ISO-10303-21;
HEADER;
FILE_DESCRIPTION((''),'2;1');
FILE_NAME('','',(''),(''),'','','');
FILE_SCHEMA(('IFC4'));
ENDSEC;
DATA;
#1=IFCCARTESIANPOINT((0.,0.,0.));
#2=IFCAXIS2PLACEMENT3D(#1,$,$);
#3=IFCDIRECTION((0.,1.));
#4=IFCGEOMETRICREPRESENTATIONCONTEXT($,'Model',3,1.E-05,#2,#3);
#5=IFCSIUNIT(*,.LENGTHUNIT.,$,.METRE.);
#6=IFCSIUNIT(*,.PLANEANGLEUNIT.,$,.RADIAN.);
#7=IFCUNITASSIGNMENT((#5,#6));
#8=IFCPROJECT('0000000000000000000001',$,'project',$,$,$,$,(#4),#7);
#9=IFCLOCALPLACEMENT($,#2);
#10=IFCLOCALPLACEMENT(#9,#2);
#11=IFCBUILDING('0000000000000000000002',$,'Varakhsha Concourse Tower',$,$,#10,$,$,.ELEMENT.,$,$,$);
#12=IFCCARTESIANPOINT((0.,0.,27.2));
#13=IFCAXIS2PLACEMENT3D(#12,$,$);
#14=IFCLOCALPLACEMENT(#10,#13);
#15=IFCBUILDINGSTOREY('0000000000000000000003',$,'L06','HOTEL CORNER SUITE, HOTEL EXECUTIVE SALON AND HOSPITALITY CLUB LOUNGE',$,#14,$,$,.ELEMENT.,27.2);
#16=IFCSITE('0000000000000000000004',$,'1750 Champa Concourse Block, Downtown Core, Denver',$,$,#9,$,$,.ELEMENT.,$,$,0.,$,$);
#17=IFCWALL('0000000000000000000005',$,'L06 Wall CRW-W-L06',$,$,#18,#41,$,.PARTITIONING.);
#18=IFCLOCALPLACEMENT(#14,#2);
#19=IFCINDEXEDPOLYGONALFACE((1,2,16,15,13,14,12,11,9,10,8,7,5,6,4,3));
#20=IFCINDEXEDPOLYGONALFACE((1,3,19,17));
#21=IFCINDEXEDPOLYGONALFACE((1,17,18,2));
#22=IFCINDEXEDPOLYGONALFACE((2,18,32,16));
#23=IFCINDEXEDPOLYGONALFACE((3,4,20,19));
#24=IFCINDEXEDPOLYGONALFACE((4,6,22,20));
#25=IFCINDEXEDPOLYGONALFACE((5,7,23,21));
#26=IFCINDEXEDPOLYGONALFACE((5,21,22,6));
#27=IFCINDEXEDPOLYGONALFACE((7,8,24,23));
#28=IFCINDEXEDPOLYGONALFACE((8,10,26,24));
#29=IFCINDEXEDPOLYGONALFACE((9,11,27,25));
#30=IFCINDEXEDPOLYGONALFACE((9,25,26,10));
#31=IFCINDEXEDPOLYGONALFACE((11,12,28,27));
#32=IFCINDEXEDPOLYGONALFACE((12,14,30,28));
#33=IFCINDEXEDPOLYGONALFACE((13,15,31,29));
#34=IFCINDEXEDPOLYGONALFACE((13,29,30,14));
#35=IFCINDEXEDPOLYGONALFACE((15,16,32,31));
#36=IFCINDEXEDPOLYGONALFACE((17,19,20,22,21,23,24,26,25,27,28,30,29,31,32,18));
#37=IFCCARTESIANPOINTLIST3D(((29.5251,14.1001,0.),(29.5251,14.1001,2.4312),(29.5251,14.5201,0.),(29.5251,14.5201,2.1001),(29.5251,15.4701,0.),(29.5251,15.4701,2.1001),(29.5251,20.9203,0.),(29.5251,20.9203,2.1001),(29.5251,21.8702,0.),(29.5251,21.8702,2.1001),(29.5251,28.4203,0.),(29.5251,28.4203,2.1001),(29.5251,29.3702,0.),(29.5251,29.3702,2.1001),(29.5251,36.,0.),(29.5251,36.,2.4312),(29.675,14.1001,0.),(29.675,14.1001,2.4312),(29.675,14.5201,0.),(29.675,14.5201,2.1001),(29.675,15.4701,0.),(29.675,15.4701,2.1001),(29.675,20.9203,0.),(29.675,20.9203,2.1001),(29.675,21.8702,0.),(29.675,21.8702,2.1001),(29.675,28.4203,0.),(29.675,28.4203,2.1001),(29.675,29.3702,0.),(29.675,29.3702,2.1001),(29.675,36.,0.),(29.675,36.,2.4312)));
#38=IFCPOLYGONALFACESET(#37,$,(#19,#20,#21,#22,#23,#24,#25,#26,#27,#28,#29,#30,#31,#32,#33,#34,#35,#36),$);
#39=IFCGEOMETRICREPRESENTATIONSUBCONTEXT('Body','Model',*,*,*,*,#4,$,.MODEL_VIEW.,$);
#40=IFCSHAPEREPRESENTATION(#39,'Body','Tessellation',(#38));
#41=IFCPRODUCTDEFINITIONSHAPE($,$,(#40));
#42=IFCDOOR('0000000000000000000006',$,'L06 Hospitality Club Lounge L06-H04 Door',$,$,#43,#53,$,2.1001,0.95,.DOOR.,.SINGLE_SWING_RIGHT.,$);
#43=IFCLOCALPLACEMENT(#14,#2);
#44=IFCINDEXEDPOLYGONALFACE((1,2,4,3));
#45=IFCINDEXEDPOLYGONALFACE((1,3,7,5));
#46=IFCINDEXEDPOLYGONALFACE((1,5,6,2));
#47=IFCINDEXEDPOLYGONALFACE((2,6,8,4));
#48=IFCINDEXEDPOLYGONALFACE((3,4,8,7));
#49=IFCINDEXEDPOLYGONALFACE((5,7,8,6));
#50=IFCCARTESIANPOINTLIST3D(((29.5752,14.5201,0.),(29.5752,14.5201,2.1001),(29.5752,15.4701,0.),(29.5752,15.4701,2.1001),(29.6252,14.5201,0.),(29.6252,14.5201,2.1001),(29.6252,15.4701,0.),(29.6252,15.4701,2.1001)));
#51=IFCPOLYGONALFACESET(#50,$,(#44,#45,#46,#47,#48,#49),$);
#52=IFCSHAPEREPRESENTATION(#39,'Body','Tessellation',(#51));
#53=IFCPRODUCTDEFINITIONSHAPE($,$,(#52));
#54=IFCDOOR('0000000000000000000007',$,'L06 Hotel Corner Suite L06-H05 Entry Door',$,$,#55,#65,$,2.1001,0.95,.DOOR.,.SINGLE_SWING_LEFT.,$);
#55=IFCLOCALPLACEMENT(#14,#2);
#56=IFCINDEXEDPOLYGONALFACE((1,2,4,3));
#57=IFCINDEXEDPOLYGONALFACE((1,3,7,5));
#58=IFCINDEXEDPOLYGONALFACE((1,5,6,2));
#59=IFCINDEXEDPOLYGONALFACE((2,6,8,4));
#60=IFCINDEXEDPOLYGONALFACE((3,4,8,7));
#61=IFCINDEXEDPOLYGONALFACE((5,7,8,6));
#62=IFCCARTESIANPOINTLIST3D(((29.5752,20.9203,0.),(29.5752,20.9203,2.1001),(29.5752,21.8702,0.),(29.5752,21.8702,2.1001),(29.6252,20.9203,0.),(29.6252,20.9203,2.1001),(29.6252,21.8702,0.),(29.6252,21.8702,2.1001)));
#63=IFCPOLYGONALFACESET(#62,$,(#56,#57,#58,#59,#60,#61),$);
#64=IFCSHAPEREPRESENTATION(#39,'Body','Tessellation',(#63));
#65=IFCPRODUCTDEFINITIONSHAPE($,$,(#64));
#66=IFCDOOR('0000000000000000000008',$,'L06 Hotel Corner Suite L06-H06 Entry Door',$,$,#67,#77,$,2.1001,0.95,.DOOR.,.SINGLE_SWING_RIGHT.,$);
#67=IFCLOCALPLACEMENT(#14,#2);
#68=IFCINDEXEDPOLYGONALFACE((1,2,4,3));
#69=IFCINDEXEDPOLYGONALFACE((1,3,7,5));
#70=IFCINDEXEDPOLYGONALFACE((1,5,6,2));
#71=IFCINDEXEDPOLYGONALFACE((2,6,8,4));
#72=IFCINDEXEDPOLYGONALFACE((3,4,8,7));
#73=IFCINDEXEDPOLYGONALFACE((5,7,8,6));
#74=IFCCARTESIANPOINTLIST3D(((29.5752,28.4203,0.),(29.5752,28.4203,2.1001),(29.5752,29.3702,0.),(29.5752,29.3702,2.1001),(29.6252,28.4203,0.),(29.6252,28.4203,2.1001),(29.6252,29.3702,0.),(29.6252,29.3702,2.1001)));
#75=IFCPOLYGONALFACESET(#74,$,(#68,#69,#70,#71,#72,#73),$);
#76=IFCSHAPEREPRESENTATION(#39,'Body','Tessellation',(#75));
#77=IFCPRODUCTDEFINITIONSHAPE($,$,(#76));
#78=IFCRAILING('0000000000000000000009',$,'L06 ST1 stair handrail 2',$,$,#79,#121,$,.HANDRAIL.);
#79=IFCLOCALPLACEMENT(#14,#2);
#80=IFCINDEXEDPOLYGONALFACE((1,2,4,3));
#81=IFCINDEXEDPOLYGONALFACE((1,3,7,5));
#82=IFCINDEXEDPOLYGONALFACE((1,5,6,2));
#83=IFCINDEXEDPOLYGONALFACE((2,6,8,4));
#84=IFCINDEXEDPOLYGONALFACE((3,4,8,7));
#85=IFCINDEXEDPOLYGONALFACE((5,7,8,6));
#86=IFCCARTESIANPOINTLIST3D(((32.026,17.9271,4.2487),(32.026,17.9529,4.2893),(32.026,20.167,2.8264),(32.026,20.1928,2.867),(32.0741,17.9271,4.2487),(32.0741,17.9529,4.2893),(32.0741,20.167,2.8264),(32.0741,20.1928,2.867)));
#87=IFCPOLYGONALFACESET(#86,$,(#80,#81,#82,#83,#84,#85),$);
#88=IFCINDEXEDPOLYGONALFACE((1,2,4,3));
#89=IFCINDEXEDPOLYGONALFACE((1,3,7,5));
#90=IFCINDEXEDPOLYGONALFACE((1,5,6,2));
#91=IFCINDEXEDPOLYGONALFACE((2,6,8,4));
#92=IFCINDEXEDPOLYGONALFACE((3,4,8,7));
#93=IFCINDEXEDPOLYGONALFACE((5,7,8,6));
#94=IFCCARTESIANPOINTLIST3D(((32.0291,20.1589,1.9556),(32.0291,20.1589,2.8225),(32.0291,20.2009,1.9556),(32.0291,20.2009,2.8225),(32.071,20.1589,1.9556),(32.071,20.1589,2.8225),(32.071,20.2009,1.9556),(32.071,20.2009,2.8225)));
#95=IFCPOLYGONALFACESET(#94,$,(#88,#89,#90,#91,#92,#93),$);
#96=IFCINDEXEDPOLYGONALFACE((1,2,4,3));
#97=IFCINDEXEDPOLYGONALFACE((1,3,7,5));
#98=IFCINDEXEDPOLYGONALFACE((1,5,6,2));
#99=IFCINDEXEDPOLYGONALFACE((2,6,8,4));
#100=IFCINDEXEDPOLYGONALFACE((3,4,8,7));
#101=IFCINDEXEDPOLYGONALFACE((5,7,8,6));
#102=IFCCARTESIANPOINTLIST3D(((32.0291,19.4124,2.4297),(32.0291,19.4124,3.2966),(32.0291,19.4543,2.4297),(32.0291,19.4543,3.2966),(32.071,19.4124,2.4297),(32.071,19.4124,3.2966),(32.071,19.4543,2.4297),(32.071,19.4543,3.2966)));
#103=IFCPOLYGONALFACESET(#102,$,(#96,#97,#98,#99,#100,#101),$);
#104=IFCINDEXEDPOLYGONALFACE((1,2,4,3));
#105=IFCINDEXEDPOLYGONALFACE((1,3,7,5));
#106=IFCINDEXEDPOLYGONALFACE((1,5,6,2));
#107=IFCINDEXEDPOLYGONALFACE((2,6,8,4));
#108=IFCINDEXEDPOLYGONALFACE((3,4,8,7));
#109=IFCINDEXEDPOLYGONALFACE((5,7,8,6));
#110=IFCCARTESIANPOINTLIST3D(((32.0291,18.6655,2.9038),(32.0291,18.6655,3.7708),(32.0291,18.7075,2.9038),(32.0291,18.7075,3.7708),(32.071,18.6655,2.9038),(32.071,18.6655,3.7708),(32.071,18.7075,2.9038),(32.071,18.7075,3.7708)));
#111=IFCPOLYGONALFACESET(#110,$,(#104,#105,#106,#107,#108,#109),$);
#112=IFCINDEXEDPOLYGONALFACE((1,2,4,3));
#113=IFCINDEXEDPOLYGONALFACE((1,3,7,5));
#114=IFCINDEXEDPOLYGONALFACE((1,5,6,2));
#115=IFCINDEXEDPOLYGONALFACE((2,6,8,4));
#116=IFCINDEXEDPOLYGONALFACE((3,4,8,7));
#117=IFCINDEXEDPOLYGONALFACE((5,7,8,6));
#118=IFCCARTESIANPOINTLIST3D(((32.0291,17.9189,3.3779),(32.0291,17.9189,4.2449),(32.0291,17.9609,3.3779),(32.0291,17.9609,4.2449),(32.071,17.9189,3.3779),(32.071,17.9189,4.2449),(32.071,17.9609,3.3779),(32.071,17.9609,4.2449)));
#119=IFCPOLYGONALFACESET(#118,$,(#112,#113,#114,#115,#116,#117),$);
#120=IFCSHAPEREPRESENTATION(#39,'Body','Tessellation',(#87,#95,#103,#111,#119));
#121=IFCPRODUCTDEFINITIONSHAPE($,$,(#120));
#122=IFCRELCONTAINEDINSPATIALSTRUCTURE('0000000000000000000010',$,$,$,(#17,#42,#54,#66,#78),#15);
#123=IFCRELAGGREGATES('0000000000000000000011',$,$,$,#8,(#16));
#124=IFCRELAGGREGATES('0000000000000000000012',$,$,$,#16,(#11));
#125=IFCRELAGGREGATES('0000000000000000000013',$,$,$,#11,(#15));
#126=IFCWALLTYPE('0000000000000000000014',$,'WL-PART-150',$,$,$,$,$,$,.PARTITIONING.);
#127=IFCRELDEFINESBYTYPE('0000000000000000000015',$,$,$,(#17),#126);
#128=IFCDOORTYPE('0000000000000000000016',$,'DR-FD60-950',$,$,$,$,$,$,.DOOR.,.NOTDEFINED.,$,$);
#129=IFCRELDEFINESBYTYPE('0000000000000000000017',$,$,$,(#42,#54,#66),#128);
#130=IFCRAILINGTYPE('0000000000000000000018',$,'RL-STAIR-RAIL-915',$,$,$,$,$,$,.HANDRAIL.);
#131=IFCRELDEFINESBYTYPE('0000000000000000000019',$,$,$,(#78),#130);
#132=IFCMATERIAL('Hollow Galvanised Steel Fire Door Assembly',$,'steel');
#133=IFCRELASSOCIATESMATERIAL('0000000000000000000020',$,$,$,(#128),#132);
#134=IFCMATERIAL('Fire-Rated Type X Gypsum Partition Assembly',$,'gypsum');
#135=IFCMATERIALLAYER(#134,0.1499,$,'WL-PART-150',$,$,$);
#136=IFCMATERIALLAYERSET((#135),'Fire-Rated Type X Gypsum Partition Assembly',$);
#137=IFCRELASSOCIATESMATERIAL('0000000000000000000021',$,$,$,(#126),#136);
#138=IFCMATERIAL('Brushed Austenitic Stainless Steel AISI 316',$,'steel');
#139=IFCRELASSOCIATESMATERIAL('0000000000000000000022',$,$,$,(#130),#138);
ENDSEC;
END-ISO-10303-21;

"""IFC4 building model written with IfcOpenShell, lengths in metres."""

from ifc_helpers import new_model, si_unit, direction, frame, frame_2d, origin, origin_2d, place, context, subcontext, project, spatial, rectangle, extrude, material, layer, layer_set, type_object, element, fill, save


model = new_model("IFC4")

# Units and contexts
model_context = context("Model", 3, precision=1e-05, world=origin(), true_north=direction((0.0, 1.0)))
body_context = subcontext(model_context, "Body", "Model", "MODEL_VIEW")
ifc_project = project(units=[si_unit("LENGTHUNIT", "METRE"), si_unit("PLANEANGLEUNIT", "RADIAN")], contexts=[model_context])

# Site, building, storey
site_placement = place(None, origin())
site = spatial("IfcSite", under=ifc_project, at=site_placement, Name="1750 Champa Concourse Block, Downtown Core, Denver", CompositionType="ELEMENT", RefElevation=0.0)
building_placement = place(site_placement, origin())
building = spatial("IfcBuilding", under=site, at=building_placement, Name="Varakhsha Concourse Tower", CompositionType="ELEMENT")
storey_placement = place(building_placement, frame((0.0, 0.0, 27.2)))
storey = spatial("IfcBuildingStorey", under=building, at=storey_placement, Name="L06", Description="HOTEL CORNER SUITE, HOTEL EXECUTIVE SALON AND HOSPITALITY CLUB LOUNGE", CompositionType="ELEMENT", Elevation=27.2)

# Shared definitions
ifc_material_1 = material(Name="Hollow Galvanised Steel Fire Door Assembly", Category="steel")
door_type_1 = type_object("IfcDoorType", Name="DR-FD60-950", OperationType="NOTDEFINED", PredefinedType="DOOR", material=ifc_material_1)

# Wall, openings, doors
ifc_material_2 = material(Name="Fire-Rated Type X Gypsum Partition Assembly", Category="gypsum")
ifc_layer_1 = layer(ifc_material_2, 0.1499, Name="WL-PART-150")
ifc_layer_set_1 = layer_set([ifc_layer_1], Name="Fire-Rated Type X Gypsum Partition Assembly")
wall_type_1 = type_object("IfcWallType", Name="WL-PART-150", PredefinedType="PARTITIONING", material=ifc_layer_set_1)
wall_1_placement = place(storey_placement, frame((29.6001, 14.1001, 0.0), z_axis=(0.0, 0.0, 1.0), x_axis=(0.0, 1.0, 0.0)))
wall_1 = element("IfcWall", 1, at=wall_1_placement, inside=storey, type_object=wall_type_1, Name="L06 Wall CRW-W-L06", PredefinedType="PARTITIONING", context=body_context, shape_type="SweptSolid", body=[
    extrude(rectangle(XDim=21.8999, YDim=0.1499, at=frame_2d((10.95, 0.0))), origin(), (0.0, 0.0, 1.0), 2.4312),
])
opening_1_placement = place(wall_1_placement, frame((0.4199, 0.0, 0.0)))
opening_1 = element("IfcOpeningElement", 2, at=opening_1_placement, cuts=wall_1, PredefinedType="OPENING", context=body_context, shape_type="SweptSolid", body=[
    extrude(rectangle(XDim=0.95, YDim=2.1001, at=frame_2d((0.4751, 1.05))), frame((0.0, 0.085, 0.0), z_axis=(0.0, -1.0, 0.0), x_axis=(1.0, 0.0, 0.0)), (0.0, 0.0, 1.0), 0.1699),
])
opening_2_placement = place(wall_1_placement, frame((6.8201, 0.0, 0.0)))
opening_2 = element("IfcOpeningElement", 3, at=opening_2_placement, cuts=wall_1, PredefinedType="OPENING", context=body_context, shape_type="SweptSolid", body=[
    extrude(rectangle(XDim=0.95, YDim=2.1001, at=frame_2d((0.4751, 1.05))), frame((0.0, 0.085, 0.0), z_axis=(0.0, -1.0, 0.0), x_axis=(1.0, 0.0, 0.0)), (0.0, 0.0, 1.0), 0.1699),
])
opening_3_placement = place(wall_1_placement, frame((14.3201, 0.0, 0.0)))
opening_3 = element("IfcOpeningElement", 4, at=opening_3_placement, cuts=wall_1, PredefinedType="OPENING", context=body_context, shape_type="SweptSolid", body=[
    extrude(rectangle(XDim=0.95, YDim=2.1001, at=frame_2d((0.4751, 1.05))), frame((0.0, 0.085, 0.0), z_axis=(0.0, -1.0, 0.0), x_axis=(1.0, 0.0, 0.0)), (0.0, 0.0, 1.0), 0.1699),
])
door_1_placement = place(opening_1_placement, origin())
door_1 = element("IfcDoor", 5, at=door_1_placement, inside=storey, type_object=door_type_1, Name="L06 Hospitality Club Lounge L06-H04 Door", OperationType="SINGLE_SWING_RIGHT", OverallHeight=2.1001, OverallWidth=0.95, PredefinedType="DOOR", context=body_context, shape_type="SweptSolid", body=[
    extrude(rectangle(XDim=0.95, YDim=2.1001, at=frame_2d((0.4751, 1.05))), frame((0.0, 0.0249, 0.0), z_axis=(0.0, -1.0, 0.0), x_axis=(1.0, 0.0, 0.0)), (0.0, 0.0, 1.0), 0.05),
])
fill(opening_1, door_1)
door_2_placement = place(opening_2_placement, origin())
door_2 = element("IfcDoor", 6, at=door_2_placement, inside=storey, type_object=door_type_1, Name="L06 Hotel Corner Suite L06-H05 Entry Door", OperationType="SINGLE_SWING_LEFT", OverallHeight=2.1001, OverallWidth=0.95, PredefinedType="DOOR", context=body_context, shape_type="SweptSolid", body=[
    extrude(rectangle(XDim=0.95, YDim=2.1001, at=frame_2d((0.4751, 1.05))), frame((0.0, 0.0249, 0.0), z_axis=(0.0, -1.0, 0.0), x_axis=(1.0, 0.0, 0.0)), (0.0, 0.0, 1.0), 0.05),
])
fill(opening_2, door_2)
door_3_placement = place(opening_3_placement, origin())
door_3 = element("IfcDoor", 7, at=door_3_placement, inside=storey, type_object=door_type_1, Name="L06 Hotel Corner Suite L06-H06 Entry Door", OperationType="SINGLE_SWING_RIGHT", OverallHeight=2.1001, OverallWidth=0.95, PredefinedType="DOOR", context=body_context, shape_type="SweptSolid", body=[
    extrude(rectangle(XDim=0.95, YDim=2.1001, at=frame_2d((0.4751, 1.05))), frame((0.0, 0.0249, 0.0), z_axis=(0.0, -1.0, 0.0), x_axis=(1.0, 0.0, 0.0)), (0.0, 0.0, 1.0), 0.05),
])
fill(opening_3, door_3)

# Railing
ifc_material_3 = material(Name="Brushed Austenitic Stainless Steel AISI 316", Category="steel")
railing_type = type_object("IfcRailingType", Name="RL-STAIR-RAIL-915", PredefinedType="HANDRAIL", material=ifc_material_3)
railing_placement = place(storey_placement, frame((32.05, 20.1799, 1.9556)))
element("IfcRailing", 8, at=railing_placement, inside=storey, type_object=railing_type, Name="L06 ST1 stair handrail 2", PredefinedType="HANDRAIL", context=body_context, shape_type="SweptSolid", body=[
    extrude(rectangle(XDim=0.0481, YDim=0.0481, at=origin_2d()), frame((0.0, 0.0, 0.8911), z_axis=(0.0, -0.844188, 0.536048), x_axis=(1.0, 0.0, 0.0)), (0.0, 0.0, 1.0), 2.6533),
    extrude(rectangle(XDim=0.042, YDim=0.042, at=origin_2d()), origin(), (0.0, 0.0, 1.0), 0.8669),
    extrude(rectangle(XDim=0.042, YDim=0.042, at=origin_2d()), frame((0.0, -0.7466, 0.4741)), (0.0, 0.0, 1.0), 0.8669),
    extrude(rectangle(XDim=0.042, YDim=0.042, at=origin_2d()), frame((0.0, -1.4934, 0.9482)), (0.0, 0.0, 1.0), 0.8669),
    extrude(rectangle(XDim=0.042, YDim=0.042, at=origin_2d()), frame((0.0, -2.24, 1.4224)), (0.0, 0.0, 1.0), 0.8669),
])

save(model, "model.ifc")
